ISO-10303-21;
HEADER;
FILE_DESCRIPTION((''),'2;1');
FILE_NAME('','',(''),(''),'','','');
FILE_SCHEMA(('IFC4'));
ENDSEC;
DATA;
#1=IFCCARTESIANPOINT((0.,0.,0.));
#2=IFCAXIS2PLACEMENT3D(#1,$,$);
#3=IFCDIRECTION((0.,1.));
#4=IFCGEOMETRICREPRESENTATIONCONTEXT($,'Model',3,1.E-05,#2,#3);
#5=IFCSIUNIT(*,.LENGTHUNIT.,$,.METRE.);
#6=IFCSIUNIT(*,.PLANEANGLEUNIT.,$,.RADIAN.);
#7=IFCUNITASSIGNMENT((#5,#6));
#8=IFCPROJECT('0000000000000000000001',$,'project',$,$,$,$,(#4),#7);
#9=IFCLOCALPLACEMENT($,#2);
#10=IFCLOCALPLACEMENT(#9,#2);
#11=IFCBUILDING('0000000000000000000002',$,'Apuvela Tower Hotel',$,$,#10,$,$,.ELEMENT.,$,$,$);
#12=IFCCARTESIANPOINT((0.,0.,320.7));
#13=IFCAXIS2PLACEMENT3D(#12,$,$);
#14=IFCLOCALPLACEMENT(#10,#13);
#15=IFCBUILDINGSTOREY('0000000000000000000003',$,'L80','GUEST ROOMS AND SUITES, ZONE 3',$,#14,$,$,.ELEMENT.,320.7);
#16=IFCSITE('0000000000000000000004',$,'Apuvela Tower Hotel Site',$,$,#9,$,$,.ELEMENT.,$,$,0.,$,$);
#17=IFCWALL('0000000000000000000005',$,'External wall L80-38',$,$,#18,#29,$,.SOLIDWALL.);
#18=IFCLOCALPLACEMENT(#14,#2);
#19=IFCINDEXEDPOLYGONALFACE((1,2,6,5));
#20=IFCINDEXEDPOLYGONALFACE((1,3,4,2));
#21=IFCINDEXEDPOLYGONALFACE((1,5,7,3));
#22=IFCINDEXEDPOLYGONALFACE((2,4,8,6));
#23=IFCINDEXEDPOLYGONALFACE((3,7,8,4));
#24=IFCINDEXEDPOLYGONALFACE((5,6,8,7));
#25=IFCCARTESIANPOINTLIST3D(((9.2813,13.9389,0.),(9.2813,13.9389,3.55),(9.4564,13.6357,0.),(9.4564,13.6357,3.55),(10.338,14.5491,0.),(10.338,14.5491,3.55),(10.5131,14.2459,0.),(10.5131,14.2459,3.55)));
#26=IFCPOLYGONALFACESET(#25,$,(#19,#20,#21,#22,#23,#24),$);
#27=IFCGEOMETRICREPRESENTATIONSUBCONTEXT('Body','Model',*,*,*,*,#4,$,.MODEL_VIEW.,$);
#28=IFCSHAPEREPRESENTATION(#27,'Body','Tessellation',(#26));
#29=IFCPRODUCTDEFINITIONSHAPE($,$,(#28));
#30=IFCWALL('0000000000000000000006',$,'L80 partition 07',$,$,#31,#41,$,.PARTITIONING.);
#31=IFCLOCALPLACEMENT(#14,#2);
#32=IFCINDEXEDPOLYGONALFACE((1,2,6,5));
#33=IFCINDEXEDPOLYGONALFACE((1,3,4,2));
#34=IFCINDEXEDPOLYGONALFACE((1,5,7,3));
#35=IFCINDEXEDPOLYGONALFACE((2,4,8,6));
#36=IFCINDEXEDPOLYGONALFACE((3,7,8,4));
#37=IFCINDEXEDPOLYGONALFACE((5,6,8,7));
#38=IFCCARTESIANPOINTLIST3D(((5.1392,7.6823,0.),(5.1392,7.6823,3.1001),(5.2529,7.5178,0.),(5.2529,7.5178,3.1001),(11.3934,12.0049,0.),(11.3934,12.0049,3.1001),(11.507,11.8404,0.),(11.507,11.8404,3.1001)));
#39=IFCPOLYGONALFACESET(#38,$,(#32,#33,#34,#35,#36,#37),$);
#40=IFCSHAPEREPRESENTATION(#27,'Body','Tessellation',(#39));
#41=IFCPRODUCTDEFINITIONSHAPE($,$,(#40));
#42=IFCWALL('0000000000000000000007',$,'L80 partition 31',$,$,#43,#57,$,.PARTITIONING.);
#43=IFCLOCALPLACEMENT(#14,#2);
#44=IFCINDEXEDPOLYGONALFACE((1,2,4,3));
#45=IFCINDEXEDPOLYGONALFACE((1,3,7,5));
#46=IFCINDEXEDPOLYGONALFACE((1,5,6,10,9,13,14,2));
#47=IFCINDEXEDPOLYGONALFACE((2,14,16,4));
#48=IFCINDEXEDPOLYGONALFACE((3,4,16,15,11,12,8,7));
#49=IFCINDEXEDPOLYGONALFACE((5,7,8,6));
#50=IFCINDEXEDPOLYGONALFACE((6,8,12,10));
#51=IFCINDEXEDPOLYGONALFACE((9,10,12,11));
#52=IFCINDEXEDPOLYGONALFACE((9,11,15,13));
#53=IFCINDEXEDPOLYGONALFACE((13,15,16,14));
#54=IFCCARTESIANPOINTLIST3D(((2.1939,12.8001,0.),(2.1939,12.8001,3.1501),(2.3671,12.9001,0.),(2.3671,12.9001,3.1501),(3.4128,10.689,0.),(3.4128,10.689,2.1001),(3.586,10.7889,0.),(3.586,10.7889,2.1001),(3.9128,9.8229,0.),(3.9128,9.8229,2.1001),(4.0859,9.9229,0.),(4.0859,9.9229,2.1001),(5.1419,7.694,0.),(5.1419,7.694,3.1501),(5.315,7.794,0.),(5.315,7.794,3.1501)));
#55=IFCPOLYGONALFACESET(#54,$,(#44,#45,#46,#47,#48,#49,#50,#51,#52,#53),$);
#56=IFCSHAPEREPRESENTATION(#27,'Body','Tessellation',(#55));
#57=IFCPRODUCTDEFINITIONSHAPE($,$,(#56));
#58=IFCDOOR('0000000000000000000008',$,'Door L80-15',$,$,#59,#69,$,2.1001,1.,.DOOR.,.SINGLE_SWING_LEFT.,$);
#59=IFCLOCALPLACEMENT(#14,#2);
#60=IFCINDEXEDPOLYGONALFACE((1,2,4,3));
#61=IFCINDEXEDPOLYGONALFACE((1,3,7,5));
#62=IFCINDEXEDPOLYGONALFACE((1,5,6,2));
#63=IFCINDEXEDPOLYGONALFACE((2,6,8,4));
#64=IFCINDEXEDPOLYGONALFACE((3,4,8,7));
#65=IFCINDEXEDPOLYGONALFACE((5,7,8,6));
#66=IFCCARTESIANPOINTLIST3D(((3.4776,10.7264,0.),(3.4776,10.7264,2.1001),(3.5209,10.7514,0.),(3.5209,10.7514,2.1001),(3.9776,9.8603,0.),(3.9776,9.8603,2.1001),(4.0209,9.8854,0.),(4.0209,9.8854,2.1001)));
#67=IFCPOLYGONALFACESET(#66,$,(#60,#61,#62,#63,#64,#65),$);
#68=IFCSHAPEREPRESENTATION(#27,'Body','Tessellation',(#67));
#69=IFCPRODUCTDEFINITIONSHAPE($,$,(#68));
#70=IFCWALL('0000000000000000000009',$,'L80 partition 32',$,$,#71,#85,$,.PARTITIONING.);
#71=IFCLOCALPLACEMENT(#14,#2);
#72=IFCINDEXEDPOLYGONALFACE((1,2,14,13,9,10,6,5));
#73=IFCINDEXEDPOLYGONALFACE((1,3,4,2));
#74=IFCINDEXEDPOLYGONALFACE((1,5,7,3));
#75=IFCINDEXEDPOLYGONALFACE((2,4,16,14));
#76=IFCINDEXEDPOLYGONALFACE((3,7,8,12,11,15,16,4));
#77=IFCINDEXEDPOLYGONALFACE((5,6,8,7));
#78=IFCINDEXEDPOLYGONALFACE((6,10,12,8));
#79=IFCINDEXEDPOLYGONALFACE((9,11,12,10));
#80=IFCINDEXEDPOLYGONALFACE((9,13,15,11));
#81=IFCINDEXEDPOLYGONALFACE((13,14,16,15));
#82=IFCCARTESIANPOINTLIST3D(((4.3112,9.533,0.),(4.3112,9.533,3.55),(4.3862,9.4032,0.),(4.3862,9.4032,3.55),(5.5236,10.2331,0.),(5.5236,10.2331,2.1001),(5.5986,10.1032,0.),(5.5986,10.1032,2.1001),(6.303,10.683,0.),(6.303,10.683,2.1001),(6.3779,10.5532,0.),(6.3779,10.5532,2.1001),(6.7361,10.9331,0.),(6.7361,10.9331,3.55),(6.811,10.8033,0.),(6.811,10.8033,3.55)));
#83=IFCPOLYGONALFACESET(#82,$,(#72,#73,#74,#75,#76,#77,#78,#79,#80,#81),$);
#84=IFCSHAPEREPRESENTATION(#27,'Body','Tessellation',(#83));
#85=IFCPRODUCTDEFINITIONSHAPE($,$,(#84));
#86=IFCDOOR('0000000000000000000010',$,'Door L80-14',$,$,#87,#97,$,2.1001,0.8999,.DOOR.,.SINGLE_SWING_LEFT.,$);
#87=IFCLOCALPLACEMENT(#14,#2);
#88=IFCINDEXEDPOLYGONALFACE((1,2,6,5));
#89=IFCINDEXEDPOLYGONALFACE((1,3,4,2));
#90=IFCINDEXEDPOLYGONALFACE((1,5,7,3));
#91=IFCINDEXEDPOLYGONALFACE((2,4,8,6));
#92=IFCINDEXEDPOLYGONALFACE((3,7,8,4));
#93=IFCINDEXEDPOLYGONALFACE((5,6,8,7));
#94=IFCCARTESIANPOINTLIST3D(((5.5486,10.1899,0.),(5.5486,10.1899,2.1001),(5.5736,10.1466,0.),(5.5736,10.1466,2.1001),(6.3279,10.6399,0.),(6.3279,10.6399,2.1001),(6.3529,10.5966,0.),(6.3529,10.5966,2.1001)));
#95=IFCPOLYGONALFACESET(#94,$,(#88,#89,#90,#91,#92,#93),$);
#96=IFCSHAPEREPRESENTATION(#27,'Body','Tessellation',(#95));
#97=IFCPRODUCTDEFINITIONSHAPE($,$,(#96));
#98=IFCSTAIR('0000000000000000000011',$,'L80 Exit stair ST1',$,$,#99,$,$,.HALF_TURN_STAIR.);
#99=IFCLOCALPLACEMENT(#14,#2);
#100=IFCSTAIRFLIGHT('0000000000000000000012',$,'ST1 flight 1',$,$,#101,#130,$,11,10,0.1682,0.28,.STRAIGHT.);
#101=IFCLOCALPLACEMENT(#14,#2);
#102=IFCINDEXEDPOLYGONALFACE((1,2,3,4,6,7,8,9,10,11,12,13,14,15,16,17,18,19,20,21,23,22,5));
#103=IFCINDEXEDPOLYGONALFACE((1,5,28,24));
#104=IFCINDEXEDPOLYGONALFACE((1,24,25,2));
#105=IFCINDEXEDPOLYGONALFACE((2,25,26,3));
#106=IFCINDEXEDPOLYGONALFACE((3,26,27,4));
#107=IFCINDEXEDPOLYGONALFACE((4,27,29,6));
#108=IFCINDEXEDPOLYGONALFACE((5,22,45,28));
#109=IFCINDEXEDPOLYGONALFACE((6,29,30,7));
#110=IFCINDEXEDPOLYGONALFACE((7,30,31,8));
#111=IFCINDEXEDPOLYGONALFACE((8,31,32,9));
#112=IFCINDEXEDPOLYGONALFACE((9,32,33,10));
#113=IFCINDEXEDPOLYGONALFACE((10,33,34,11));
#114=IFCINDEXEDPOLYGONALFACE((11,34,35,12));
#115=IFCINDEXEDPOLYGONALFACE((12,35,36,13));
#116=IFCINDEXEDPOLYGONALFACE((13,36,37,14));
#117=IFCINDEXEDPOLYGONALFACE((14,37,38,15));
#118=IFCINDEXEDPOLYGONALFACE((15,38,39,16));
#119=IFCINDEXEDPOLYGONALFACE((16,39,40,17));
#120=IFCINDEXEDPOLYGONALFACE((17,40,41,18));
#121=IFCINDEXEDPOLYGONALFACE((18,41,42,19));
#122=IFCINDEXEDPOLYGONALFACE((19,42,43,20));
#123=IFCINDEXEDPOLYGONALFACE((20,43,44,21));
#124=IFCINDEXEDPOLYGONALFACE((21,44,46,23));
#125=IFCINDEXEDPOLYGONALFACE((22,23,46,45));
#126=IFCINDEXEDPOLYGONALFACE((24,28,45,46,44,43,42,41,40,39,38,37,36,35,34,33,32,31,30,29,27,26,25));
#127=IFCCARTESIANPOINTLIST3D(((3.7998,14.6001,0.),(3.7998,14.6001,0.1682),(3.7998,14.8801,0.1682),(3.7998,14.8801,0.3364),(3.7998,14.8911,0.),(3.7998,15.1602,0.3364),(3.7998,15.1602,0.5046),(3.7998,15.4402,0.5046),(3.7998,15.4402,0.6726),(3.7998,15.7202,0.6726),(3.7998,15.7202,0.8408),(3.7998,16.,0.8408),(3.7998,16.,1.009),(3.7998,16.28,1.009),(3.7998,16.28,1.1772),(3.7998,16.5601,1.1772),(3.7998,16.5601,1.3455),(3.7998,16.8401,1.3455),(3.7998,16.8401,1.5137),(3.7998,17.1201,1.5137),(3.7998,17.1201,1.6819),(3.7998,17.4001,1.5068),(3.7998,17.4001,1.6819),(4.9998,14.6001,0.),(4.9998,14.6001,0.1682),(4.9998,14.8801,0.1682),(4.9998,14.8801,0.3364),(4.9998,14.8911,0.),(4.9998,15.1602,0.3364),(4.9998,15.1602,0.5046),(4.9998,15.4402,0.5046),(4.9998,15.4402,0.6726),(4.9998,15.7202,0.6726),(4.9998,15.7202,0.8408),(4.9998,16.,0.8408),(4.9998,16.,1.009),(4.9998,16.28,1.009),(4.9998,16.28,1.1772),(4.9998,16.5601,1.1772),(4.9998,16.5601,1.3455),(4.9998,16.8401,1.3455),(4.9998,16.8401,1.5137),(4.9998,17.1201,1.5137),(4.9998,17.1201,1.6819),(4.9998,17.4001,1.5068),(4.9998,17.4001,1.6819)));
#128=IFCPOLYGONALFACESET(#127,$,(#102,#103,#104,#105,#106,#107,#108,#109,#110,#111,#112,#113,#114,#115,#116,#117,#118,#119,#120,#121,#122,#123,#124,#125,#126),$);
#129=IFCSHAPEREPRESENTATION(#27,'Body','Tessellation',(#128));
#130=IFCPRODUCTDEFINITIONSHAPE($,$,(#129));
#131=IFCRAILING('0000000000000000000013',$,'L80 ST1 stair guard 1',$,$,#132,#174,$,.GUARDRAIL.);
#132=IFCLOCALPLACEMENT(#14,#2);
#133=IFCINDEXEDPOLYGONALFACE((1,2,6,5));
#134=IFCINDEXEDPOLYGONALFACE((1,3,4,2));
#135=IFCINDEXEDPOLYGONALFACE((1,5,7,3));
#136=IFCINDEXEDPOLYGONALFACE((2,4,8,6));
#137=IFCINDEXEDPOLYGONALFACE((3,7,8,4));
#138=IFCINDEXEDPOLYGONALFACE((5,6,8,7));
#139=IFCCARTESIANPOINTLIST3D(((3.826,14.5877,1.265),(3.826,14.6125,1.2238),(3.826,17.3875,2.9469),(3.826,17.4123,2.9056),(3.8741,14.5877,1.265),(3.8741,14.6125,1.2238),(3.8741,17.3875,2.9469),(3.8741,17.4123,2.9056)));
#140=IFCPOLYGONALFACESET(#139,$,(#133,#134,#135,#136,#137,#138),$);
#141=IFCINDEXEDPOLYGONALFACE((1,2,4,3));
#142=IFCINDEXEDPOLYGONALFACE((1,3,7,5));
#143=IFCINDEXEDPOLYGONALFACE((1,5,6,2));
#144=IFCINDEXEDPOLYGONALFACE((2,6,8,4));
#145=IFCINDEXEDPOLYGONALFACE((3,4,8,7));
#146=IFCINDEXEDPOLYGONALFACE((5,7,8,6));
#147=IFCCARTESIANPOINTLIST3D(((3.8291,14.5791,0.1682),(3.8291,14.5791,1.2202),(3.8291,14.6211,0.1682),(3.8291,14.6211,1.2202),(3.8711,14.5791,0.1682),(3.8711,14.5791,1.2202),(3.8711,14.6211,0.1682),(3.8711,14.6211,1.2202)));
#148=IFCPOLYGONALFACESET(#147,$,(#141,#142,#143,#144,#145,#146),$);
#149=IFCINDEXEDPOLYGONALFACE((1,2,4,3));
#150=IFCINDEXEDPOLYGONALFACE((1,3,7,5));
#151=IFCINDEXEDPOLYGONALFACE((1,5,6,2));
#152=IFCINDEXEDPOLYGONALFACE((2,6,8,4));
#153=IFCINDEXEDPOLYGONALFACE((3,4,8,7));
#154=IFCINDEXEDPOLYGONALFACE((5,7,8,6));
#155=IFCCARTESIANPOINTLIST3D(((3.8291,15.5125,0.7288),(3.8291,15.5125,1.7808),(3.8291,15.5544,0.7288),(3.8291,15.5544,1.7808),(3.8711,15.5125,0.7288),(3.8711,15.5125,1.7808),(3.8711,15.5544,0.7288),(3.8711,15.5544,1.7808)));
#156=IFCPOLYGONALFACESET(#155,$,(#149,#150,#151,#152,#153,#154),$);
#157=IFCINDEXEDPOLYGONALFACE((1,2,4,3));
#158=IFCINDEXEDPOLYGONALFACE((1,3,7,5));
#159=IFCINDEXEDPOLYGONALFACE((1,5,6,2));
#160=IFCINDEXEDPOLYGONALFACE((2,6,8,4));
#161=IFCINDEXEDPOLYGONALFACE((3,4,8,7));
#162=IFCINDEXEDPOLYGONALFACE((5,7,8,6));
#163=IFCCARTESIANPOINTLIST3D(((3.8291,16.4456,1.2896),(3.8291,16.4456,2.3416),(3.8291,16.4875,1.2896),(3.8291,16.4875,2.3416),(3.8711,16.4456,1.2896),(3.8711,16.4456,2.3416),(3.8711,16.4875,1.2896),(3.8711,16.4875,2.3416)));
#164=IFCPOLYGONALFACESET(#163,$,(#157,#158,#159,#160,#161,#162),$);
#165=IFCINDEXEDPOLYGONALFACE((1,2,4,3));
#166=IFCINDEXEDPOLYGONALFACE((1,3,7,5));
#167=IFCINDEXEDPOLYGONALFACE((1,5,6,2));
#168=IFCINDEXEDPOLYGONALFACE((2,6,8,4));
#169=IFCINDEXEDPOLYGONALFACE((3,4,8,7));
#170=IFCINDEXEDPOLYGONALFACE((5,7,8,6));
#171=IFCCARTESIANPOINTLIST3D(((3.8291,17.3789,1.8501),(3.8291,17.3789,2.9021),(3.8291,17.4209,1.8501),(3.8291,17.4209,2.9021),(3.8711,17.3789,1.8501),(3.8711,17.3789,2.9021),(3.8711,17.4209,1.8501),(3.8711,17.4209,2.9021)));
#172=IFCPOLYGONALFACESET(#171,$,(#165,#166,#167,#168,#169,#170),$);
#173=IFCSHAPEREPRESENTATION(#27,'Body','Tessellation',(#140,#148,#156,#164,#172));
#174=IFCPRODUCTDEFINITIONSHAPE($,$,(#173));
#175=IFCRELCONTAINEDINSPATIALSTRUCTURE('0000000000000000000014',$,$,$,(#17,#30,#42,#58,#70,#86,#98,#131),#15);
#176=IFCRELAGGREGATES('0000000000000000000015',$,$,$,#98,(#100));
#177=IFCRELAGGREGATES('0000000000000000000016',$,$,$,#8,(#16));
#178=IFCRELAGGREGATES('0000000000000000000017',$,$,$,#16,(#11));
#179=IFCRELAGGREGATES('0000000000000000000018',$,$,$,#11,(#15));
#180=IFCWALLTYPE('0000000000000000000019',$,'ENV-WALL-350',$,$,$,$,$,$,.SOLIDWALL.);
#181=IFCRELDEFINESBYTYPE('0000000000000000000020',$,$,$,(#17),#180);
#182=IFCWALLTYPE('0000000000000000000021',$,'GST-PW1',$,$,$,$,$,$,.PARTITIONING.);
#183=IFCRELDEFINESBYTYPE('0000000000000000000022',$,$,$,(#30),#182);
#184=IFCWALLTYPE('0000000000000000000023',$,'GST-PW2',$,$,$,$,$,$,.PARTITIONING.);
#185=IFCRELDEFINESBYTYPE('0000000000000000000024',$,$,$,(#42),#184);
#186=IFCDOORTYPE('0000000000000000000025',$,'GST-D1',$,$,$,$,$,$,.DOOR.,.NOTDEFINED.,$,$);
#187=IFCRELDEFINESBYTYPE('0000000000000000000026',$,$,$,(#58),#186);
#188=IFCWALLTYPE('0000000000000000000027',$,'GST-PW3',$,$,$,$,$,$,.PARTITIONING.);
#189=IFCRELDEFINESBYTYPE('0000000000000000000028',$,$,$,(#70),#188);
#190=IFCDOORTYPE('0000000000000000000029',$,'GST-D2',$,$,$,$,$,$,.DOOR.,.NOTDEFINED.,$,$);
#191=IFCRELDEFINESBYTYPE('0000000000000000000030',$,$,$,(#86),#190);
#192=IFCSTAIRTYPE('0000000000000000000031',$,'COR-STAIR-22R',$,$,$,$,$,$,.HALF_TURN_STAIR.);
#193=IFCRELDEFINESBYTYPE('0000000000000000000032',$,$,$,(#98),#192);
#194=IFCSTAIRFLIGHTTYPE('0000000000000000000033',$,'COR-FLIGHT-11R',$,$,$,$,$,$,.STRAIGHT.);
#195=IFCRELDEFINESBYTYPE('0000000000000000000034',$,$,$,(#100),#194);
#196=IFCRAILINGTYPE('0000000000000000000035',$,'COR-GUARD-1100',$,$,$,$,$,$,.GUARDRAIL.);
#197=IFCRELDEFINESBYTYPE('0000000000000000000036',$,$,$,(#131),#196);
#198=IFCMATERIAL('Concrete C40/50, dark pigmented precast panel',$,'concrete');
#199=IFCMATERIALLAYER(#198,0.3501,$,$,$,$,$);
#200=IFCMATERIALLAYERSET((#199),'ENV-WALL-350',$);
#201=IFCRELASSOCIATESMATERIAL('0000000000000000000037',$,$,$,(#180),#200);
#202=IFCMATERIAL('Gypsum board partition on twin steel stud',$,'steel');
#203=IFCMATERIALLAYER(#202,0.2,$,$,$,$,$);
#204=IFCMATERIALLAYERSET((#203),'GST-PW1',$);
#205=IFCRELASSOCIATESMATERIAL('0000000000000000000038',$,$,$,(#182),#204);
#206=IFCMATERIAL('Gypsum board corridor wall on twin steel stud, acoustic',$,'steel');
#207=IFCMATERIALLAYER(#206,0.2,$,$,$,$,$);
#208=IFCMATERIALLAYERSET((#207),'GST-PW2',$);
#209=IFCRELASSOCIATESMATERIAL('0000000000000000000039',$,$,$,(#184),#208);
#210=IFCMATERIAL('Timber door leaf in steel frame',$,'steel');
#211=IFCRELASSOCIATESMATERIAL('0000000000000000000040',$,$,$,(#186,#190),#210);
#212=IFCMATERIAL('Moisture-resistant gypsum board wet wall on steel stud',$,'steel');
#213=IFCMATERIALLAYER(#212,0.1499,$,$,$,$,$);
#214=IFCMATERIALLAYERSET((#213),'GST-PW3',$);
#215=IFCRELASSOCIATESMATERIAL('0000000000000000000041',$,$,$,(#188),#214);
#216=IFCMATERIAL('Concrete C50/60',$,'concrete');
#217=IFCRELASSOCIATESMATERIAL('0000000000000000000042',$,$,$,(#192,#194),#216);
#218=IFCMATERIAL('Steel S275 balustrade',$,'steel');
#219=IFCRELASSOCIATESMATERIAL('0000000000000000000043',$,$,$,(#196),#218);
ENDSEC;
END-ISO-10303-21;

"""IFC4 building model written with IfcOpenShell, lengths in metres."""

from ifc_helpers import new_model, si_unit, direction, frame, frame_2d, origin, origin_2d, place, context, subcontext, project, spatial, polyline, rectangle, outline, extrude, material, layer, layer_set, type_object, element, fill, aggregate, save


model = new_model("IFC4")

# Units and contexts
model_context = context("Model", 3, precision=1e-05, world=origin(), true_north=direction((0.0, 1.0)))
body_context = subcontext(model_context, "Body", "Model", "MODEL_VIEW")
ifc_project = project(units=[si_unit("LENGTHUNIT", "METRE"), si_unit("PLANEANGLEUNIT", "RADIAN")], contexts=[model_context])

# Site, building, storey
site_placement = place(None, origin())
site = spatial("IfcSite", under=ifc_project, at=site_placement, Name="Apuvela Tower Hotel Site", CompositionType="ELEMENT", RefElevation=0.0)
building_placement = place(site_placement, origin())
building = spatial("IfcBuilding", under=site, at=building_placement, Name="Apuvela Tower Hotel", CompositionType="ELEMENT")
storey_placement = place(building_placement, frame((0.0, 0.0, 320.7)))
storey = spatial("IfcBuildingStorey", under=building, at=storey_placement, Name="L80", Description="GUEST ROOMS AND SUITES, ZONE 3", CompositionType="ELEMENT", Elevation=320.7)

# Shared definitions
ifc_material_1 = material(Name="Concrete C50/60", Category="concrete")

# Wall
ifc_material_2 = material(Name="Concrete C40/50, dark pigmented precast panel", Category="concrete")
ifc_layer_1 = layer(ifc_material_2, 0.3501)
ifc_layer_set_1 = layer_set([ifc_layer_1], Name="ENV-WALL-350")
wall_type_1 = type_object("IfcWallType", Name="ENV-WALL-350", PredefinedType="SOLIDWALL", material=ifc_layer_set_1)
wall_1_placement = place(storey_placement, frame((10.4255, 14.3975, 0.0), z_axis=(0.0, 0.0, 1.0), x_axis=(-0.866006, -0.500034, 0.0)))
element("IfcWall", 1, at=wall_1_placement, inside=storey, type_object=wall_type_1, Name="External wall L80-38", PredefinedType="SOLIDWALL", context=body_context, shape_type="SweptSolid", body=[
    extrude(rectangle(XDim=1.2202, YDim=0.3501, at=frame_2d((0.6101, 0.0))), origin(), (0.0, 0.0, 1.0), 3.55),
])

# Wall
ifc_material_3 = material(Name="Gypsum board partition on twin steel stud", Category="steel")
ifc_layer_2 = layer(ifc_material_3, 0.2)
ifc_layer_set_2 = layer_set([ifc_layer_2], Name="GST-PW1")
wall_type_2 = type_object("IfcWallType", Name="GST-PW1", PredefinedType="PARTITIONING", material=ifc_layer_set_2)
wall_2_placement = place(storey_placement, frame((11.4502, 11.9226, 0.0), z_axis=(0.0, 0.0, 1.0), x_axis=(-0.82264, -0.568562, 0.0)))
element("IfcWall", 2, at=wall_2_placement, inside=storey, type_object=wall_type_2, Name="L80 partition 07", PredefinedType="PARTITIONING", context=body_context, shape_type="SweptSolid", body=[
    extrude(rectangle(XDim=7.6025, YDim=0.2, at=frame_2d((3.8013, 0.0))), origin(), (0.0, 0.0, 1.0), 3.1001),
])

# Walls, openings, doors
ifc_material_4 = material(Name="Gypsum board corridor wall on twin steel stud, acoustic", Category="steel")
ifc_layer_3 = layer(ifc_material_4, 0.2)
ifc_layer_set_3 = layer_set([ifc_layer_3], Name="GST-PW2")
wall_type_3 = type_object("IfcWallType", Name="GST-PW2", PredefinedType="PARTITIONING", material=ifc_layer_set_3)
wall_3_placement = place(storey_placement, frame((2.2805, 12.8501, 0.0), z_axis=(0.0, 0.0, 1.0), x_axis=(0.499991, -0.86603, 0.0)))
wall_3 = element("IfcWall", 3, at=wall_3_placement, inside=storey, type_object=wall_type_3, Name="L80 partition 31", PredefinedType="PARTITIONING", context=body_context, shape_type="SweptSolid", body=[
    extrude(rectangle(XDim=5.896, YDim=0.2, at=frame_2d((2.948, 0.0))), origin(), (0.0, 0.0, 1.0), 3.1501),
])
opening_1_placement = place(wall_3_placement, frame((2.4377, 0.0, 0.0)))
opening_1 = element("IfcOpeningElement", 4, at=opening_1_placement, cuts=wall_3, PredefinedType="OPENING", context=body_context, shape_type="SweptSolid", body=[
    extrude(rectangle(XDim=1.0, YDim=2.1001, at=frame_2d((0.5, 1.05))), frame((0.0, 0.1099, 0.0), z_axis=(0.0, -1.0, 0.0), x_axis=(1.0, 0.0, 0.0)), (0.0, 0.0, 1.0), 0.22),
])
ifc_material_5 = material(Name="Timber door leaf in steel frame", Category="steel")
door_type_1 = type_object("IfcDoorType", Name="GST-D1", OperationType="NOTDEFINED", PredefinedType="DOOR", material=ifc_material_5)
door_1_placement = place(opening_1_placement, origin())
door_1 = element("IfcDoor", 5, at=door_1_placement, inside=storey, type_object=door_type_1, Name="Door L80-15", OperationType="SINGLE_SWING_LEFT", OverallHeight=2.1001, OverallWidth=1.0, PredefinedType="DOOR", context=body_context, shape_type="SweptSolid", body=[
    extrude(rectangle(XDim=1.0, YDim=2.1001, at=frame_2d((0.5, 1.05))), frame((0.0, 0.0249, 0.0), z_axis=(0.0, -1.0, 0.0), x_axis=(1.0, 0.0, 0.0)), (0.0, 0.0, 1.0), 0.05),
])
fill(opening_1, door_1)
ifc_material_6 = material(Name="Moisture-resistant gypsum board wet wall on steel stud", Category="steel")
ifc_layer_4 = layer(ifc_material_6, 0.1499)
ifc_layer_set_4 = layer_set([ifc_layer_4], Name="GST-PW3")
wall_type_4 = type_object("IfcWallType", Name="GST-PW3", PredefinedType="PARTITIONING", material=ifc_layer_set_4)
wall_4_placement = place(storey_placement, frame((6.7734, 10.8682, 0.0), z_axis=(0.0, 0.0, 1.0), x_axis=(-0.865997, -0.50005, 0.0)))
wall_4 = element("IfcWall", 6, at=wall_4_placement, inside=storey, type_object=wall_type_4, Name="L80 partition 32", PredefinedType="PARTITIONING", context=body_context, shape_type="SweptSolid", body=[
    extrude(rectangle(XDim=2.8, YDim=0.1499, at=frame_2d((1.3999, 0.0))), origin(), (0.0, 0.0, 1.0), 3.55),
])
opening_2_placement = place(wall_4_placement, frame((0.5, 0.0, 0.0)))
opening_2 = element("IfcOpeningElement", 7, at=opening_2_placement, cuts=wall_4, PredefinedType="OPENING", context=body_context, shape_type="SweptSolid", body=[
    extrude(rectangle(XDim=0.8999, YDim=2.1001, at=frame_2d((0.45, 1.05))), frame((0.0, 0.085, 0.0), z_axis=(0.0, -1.0, 0.0), x_axis=(1.0, 0.0, 0.0)), (0.0, 0.0, 1.0), 0.1699),
])
door_type_2 = type_object("IfcDoorType", Name="GST-D2", OperationType="NOTDEFINED", PredefinedType="DOOR", material=ifc_material_5)
door_2_placement = place(opening_2_placement, origin())
door_2 = element("IfcDoor", 8, at=door_2_placement, inside=storey, type_object=door_type_2, Name="Door L80-14", OperationType="SINGLE_SWING_LEFT", OverallHeight=2.1001, OverallWidth=0.8999, PredefinedType="DOOR", context=body_context, shape_type="SweptSolid", body=[
    extrude(rectangle(XDim=0.8999, YDim=2.1001, at=frame_2d((0.45, 1.05))), frame((0.0, 0.0249, 0.0), z_axis=(0.0, -1.0, 0.0), x_axis=(1.0, 0.0, 0.0)), (0.0, 0.0, 1.0), 0.05),
])
fill(opening_2, door_2)

# Stair, stair flight
stair_type = type_object("IfcStairType", Name="COR-STAIR-22R", PredefinedType="HALF_TURN_STAIR", material=ifc_material_1)
stair_placement = place(storey_placement, origin())
stair = element("IfcStair", 9, at=stair_placement, inside=storey, type_object=stair_type, Name="L80 Exit stair ST1", PredefinedType="HALF_TURN_STAIR")
stair_flight_type = type_object("IfcStairFlightType", Name="COR-FLIGHT-11R", PredefinedType="STRAIGHT", material=ifc_material_1)
stair_flight_placement = place(storey_placement, frame((4.3999, 14.6001, 0.0), z_axis=(0.0, 0.0, 1.0), x_axis=(0.0, 1.0, 0.0)))
stair_flight = element("IfcStairFlight", 10, at=stair_flight_placement, type_object=stair_flight_type, Name="ST1 flight 1", NumberOfRisers=11, NumberOfTreads=10, PredefinedType="STRAIGHT", RiserHeight=0.1682, TreadLength=0.28, context=body_context, shape_type="SweptSolid", body=[
    extrude(outline(polyline([(0.0, 0.0), (0.0, 0.1682), (0.28, 0.1682), (0.28, 0.3364), (0.5601, 0.3364), (0.5601, 0.5046), (0.8401, 0.5046), (0.8401, 0.6726), (1.1201, 0.6726), (1.1201, 0.8408), (1.3999, 0.8408), (1.3999, 1.009), (1.6799, 1.009), (1.6799, 1.1772), (1.96, 1.1772), (1.96, 1.3455), (2.24, 1.3455), (2.24, 1.5137), (2.52, 1.5137), (2.52, 1.6819), (2.8, 1.6819), (2.8, 1.8501), (2.8, 1.5068), (0.291, 0.0), (0.0, 0.0)])), frame((0.0, 0.6001, 0.0), z_axis=(0.0, -1.0, 0.0), x_axis=(1.0, 0.0, 0.0)), (0.0, 0.0, 1.0), 1.2),
])
aggregate(stair, [stair_flight])

# Railing
ifc_material_7 = material(Name="Steel S275 balustrade", Category="steel")
railing_type_1 = type_object("IfcRailingType", Name="COR-GUARD-1100", PredefinedType="GUARDRAIL", material=ifc_material_7)
railing_1_placement = place(storey_placement, frame((3.8501, 14.6001, 0.1682)))
element("IfcRailing", 11, at=railing_1_placement, inside=storey, type_object=railing_type_1, Name="L80 ST1 stair guard 1", PredefinedType="GUARDRAIL", context=body_context, shape_type="SweptSolid", body=[
    extrude(rectangle(XDim=0.0481, YDim=0.0481, at=origin_2d()), frame((0.0, 0.0, 1.0762), z_axis=(0.0, 0.857222, 0.514946), x_axis=(-1.0, 0.0, 0.0)), (0.0, 0.0, 1.0), 3.2661),
    extrude(rectangle(XDim=0.042, YDim=0.042, at=origin_2d()), origin(), (0.0, 0.0, 1.0), 1.052),
    extrude(rectangle(XDim=0.042, YDim=0.042, at=origin_2d()), frame((0.0, 0.9333, 0.5605)), (0.0, 0.0, 1.0), 1.052),
    extrude(rectangle(XDim=0.042, YDim=0.042, at=origin_2d()), frame((0.0, 1.8665, 1.1213)), (0.0, 0.0, 1.0), 1.052),
    extrude(rectangle(XDim=0.042, YDim=0.042, at=origin_2d()), frame((0.0, 2.7998, 1.6819)), (0.0, 0.0, 1.0), 1.052),
])

save(model, "model.ifc")
